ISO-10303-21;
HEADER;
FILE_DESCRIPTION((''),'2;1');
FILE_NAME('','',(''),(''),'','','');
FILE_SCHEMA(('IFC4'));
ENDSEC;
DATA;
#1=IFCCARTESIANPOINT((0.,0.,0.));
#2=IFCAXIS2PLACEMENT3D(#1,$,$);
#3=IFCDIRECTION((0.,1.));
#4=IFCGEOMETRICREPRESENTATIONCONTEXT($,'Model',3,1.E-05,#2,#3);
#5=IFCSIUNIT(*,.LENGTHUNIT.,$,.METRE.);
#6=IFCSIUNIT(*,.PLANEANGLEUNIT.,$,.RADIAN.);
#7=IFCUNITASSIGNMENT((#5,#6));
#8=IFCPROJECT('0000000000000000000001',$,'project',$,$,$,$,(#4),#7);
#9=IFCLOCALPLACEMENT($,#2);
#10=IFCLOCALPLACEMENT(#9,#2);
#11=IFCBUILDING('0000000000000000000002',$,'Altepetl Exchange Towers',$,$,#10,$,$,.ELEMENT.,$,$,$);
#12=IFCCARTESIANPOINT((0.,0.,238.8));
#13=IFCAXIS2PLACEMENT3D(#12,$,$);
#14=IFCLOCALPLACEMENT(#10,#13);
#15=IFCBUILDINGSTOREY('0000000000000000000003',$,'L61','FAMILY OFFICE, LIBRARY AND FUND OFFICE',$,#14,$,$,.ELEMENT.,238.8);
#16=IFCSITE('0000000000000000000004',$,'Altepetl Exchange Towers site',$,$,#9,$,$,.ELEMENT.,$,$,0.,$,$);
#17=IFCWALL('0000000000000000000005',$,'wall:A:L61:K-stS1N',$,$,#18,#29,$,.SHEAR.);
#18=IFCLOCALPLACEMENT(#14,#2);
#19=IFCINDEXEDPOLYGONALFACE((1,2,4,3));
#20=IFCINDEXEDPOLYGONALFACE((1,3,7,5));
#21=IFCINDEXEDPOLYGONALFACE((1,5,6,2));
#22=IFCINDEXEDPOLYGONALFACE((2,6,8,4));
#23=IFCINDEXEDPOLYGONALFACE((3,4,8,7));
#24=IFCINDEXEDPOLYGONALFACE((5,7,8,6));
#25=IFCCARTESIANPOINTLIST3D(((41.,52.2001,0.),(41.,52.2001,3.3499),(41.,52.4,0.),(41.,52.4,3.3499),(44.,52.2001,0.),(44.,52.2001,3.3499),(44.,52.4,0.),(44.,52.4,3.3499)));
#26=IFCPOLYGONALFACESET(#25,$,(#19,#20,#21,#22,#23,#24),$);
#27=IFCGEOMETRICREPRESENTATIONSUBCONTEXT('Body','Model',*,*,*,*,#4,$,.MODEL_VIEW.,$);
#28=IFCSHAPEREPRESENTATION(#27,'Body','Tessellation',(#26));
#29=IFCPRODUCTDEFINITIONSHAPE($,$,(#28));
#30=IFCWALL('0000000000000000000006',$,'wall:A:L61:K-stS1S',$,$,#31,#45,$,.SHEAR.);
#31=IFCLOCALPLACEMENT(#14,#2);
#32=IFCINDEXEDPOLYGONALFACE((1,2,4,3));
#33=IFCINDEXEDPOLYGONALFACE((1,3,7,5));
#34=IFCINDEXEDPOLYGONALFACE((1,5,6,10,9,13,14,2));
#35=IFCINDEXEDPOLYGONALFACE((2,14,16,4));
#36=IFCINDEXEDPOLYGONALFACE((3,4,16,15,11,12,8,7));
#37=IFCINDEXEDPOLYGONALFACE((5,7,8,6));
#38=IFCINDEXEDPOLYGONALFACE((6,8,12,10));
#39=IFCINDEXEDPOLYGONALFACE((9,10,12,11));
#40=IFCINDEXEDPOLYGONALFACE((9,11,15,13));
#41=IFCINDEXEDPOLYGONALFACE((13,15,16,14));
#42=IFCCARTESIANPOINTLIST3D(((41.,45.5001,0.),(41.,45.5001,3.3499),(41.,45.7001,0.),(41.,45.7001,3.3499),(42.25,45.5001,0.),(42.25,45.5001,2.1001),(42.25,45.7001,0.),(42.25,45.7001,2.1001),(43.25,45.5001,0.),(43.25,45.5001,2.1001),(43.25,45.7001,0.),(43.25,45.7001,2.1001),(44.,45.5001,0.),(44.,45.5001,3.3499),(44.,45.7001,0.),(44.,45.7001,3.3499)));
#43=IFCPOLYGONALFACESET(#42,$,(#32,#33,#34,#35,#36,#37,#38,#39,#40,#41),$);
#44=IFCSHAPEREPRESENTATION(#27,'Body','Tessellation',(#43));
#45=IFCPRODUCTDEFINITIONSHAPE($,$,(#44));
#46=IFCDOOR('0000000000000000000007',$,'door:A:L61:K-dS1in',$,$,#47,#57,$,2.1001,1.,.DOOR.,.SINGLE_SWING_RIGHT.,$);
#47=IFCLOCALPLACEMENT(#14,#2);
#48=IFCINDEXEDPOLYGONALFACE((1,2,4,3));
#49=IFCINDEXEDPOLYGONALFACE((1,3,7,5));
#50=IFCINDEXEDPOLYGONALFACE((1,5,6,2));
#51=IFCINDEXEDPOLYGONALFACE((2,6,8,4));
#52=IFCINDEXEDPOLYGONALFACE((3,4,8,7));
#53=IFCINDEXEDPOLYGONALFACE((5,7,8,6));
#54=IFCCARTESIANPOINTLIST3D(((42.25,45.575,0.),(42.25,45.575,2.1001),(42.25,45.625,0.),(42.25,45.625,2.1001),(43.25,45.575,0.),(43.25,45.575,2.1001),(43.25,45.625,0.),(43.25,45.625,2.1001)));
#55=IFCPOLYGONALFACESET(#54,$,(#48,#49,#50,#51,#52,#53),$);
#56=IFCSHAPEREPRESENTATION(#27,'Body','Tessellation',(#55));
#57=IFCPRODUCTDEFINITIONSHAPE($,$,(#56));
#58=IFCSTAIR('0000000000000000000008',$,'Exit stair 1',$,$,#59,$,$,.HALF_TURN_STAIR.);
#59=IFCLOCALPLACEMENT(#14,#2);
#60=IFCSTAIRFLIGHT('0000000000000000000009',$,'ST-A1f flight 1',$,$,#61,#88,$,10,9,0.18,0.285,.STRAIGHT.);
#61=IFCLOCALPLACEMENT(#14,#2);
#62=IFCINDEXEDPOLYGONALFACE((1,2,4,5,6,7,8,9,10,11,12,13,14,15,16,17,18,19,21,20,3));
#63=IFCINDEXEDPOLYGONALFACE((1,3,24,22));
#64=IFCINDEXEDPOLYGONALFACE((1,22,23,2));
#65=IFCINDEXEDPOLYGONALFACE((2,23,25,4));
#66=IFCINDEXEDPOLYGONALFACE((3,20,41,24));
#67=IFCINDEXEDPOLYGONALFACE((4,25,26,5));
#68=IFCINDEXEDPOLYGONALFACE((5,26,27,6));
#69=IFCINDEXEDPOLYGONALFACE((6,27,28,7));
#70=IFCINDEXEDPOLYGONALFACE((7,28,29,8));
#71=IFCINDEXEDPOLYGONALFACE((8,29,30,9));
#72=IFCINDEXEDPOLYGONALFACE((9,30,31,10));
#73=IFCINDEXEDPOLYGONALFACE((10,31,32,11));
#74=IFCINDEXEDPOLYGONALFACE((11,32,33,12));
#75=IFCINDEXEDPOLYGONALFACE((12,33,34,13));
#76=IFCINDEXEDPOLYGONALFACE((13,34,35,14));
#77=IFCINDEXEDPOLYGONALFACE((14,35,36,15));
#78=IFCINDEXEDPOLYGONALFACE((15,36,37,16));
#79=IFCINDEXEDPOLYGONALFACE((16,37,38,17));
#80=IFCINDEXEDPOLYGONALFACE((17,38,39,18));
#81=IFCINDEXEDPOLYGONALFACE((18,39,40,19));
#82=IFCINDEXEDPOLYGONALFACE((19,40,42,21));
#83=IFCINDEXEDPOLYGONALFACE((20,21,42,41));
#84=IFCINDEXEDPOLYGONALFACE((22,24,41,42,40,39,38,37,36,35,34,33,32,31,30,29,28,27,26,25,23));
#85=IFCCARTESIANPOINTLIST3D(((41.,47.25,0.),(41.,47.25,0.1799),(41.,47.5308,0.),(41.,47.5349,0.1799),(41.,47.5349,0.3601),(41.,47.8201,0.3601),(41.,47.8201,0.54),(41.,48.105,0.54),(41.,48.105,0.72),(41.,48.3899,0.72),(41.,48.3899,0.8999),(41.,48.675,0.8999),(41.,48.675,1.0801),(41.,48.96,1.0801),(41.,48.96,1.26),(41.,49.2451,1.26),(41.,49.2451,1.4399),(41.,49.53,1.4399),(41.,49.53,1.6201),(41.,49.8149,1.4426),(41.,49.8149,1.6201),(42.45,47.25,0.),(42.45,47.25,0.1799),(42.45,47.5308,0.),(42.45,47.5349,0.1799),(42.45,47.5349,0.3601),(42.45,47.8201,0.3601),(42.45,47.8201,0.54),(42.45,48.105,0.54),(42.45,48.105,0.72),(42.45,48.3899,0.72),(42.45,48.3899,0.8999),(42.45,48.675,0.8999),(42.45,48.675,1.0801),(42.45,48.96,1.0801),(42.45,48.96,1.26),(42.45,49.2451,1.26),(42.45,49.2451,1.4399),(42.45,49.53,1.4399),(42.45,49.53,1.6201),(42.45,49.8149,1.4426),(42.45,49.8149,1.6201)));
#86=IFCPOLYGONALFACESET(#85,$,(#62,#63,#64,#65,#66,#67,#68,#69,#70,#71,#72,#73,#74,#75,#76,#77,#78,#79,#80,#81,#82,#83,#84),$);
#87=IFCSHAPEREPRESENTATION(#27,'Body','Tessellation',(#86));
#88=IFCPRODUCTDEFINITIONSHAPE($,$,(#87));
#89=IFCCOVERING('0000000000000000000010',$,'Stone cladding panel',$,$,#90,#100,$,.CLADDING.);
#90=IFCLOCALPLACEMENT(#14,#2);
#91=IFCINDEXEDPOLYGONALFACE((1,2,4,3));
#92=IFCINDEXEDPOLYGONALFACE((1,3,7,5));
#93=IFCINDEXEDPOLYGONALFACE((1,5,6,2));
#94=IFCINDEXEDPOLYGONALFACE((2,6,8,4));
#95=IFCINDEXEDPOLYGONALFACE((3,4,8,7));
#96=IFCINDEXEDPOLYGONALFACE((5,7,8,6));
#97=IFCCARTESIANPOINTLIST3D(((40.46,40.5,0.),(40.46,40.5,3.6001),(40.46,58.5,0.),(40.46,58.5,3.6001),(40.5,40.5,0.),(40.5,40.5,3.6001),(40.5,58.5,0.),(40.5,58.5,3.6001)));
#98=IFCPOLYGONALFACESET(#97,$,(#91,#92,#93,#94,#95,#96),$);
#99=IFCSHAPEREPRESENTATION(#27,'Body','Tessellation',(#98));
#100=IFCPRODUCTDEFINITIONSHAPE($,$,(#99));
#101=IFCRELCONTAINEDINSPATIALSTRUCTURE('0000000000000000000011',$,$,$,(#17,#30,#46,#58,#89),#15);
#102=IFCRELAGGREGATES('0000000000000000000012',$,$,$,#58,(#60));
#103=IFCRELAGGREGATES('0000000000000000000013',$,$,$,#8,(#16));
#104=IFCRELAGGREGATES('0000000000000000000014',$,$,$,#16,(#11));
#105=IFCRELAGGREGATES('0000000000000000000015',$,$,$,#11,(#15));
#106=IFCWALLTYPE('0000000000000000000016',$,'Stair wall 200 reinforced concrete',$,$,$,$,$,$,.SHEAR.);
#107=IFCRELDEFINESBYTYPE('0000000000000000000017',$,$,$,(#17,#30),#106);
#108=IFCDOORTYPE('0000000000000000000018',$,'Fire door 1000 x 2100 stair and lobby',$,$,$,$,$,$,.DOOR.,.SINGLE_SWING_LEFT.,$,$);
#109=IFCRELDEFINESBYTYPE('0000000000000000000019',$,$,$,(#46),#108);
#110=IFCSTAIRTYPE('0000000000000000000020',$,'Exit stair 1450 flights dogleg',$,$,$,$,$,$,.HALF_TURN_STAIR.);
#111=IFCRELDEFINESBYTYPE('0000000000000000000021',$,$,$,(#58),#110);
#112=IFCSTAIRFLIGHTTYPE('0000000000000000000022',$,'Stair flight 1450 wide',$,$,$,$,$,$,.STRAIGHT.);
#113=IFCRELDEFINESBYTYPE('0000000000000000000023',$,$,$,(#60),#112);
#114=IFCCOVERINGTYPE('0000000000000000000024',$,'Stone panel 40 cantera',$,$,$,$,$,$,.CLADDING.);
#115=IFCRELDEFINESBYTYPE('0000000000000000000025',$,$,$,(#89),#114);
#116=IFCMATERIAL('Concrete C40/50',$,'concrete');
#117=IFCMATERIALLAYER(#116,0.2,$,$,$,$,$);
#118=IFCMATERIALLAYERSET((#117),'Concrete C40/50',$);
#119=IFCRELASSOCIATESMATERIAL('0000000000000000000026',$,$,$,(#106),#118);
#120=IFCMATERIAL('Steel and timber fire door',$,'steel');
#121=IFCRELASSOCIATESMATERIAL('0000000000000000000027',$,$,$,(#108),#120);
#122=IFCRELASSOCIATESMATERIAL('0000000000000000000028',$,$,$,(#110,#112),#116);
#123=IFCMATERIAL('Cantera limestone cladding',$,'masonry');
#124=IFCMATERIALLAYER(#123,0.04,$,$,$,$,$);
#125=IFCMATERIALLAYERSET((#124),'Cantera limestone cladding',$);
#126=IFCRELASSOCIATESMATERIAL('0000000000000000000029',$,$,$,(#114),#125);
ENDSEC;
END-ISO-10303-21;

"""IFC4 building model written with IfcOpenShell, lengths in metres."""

from ifc_helpers import new_model, si_unit, direction, frame, frame_2d, origin, origin_2d, place, context, subcontext, project, spatial, polyline, rectangle, outline, extrude, material, layer, layer_set, type_object, element, fill, aggregate, save


model = new_model("IFC4")

# Units and contexts
model_context = context("Model", 3, precision=1e-05, world=origin(), true_north=direction((0.0, 1.0)))
body_context = subcontext(model_context, "Body", "Model", "MODEL_VIEW")
ifc_project = project(units=[si_unit("LENGTHUNIT", "METRE"), si_unit("PLANEANGLEUNIT", "RADIAN")], contexts=[model_context])

# Site, building, storey
site_placement = place(None, origin())
site = spatial("IfcSite", under=ifc_project, at=site_placement, Name="Altepetl Exchange Towers site", CompositionType="ELEMENT", RefElevation=0.0)
building_placement = place(site_placement, origin())
building = spatial("IfcBuilding", under=site, at=building_placement, Name="Altepetl Exchange Towers", CompositionType="ELEMENT")
storey_placement = place(building_placement, frame((0.0, 0.0, 238.8)))
storey = spatial("IfcBuildingStorey", under=building, at=storey_placement, Name="L61", Description="FAMILY OFFICE, LIBRARY AND FUND OFFICE", CompositionType="ELEMENT", Elevation=238.8)

# Shared definitions
ifc_material_1 = material(Name="Concrete C40/50", Category="concrete")
ifc_material_2 = material(Name="Steel and timber fire door", Category="steel")

# Wall
ifc_layer_1 = layer(ifc_material_1, 0.2)
ifc_layer_set_1 = layer_set([ifc_layer_1], Name="Concrete C40/50")
wall_type_1 = type_object("IfcWallType", Name="Stair wall 200 reinforced concrete", PredefinedType="SHEAR", material=ifc_layer_set_1)
wall_1_placement = place(storey_placement, frame((41.0, 52.3, 0.0)))
element("IfcWall", 1, at=wall_1_placement, inside=storey, type_object=wall_type_1, Name="wall:A:L61:K-stS1N", PredefinedType="SHEAR", context=body_context, shape_type="SweptSolid", body=[
    extrude(rectangle(XDim=3.0, YDim=0.2, at=frame_2d((1.5, 0.0))), origin(), (0.0, 0.0, 1.0), 3.3499),
])

# Wall, opening, door
wall_2_placement = place(storey_placement, frame((41.0, 45.6001, 0.0)))
wall_2 = element("IfcWall", 2, at=wall_2_placement, inside=storey, type_object=wall_type_1, Name="wall:A:L61:K-stS1S", PredefinedType="SHEAR", context=body_context, shape_type="SweptSolid", body=[
    extrude(rectangle(XDim=3.0, YDim=0.2, at=frame_2d((1.5, 0.0))), origin(), (0.0, 0.0, 1.0), 3.3499),
])
opening_1_placement = place(wall_2_placement, frame((1.25, 0.0, 0.0)))
opening_1 = element("IfcOpeningElement", 3, at=opening_1_placement, cuts=wall_2, PredefinedType="OPENING", context=body_context, shape_type="SweptSolid", body=[
    extrude(rectangle(XDim=1.0, YDim=2.1001, at=frame_2d((0.5, 1.05))), frame((0.0, 0.1099, 0.0), z_axis=(0.0, -1.0, 0.0), x_axis=(1.0, 0.0, 0.0)), (0.0, 0.0, 1.0), 0.22),
])
door_type_1 = type_object("IfcDoorType", Name="Fire door 1000 x 2100 stair and lobby", OperationType="SINGLE_SWING_LEFT", PredefinedType="DOOR", material=ifc_material_2)
door_1_placement = place(opening_1_placement, origin())
door_1 = element("IfcDoor", 4, at=door_1_placement, inside=storey, type_object=door_type_1, Name="door:A:L61:K-dS1in", OperationType="SINGLE_SWING_RIGHT", OverallHeight=2.1001, OverallWidth=1.0, PredefinedType="DOOR", context=body_context, shape_type="SweptSolid", body=[
    extrude(rectangle(XDim=1.0, YDim=2.1001, at=frame_2d((0.5, 1.05))), frame((0.0, 0.0249, 0.0), z_axis=(0.0, -1.0, 0.0), x_axis=(1.0, 0.0, 0.0)), (0.0, 0.0, 1.0), 0.05),
])
fill(opening_1, door_1)

# Stair, stair flight
stair_type = type_object("IfcStairType", Name="Exit stair 1450 flights dogleg", PredefinedType="HALF_TURN_STAIR", material=ifc_material_1)
stair_placement = place(storey_placement, origin())
stair = element("IfcStair", 5, at=stair_placement, inside=storey, type_object=stair_type, Name="Exit stair 1", PredefinedType="HALF_TURN_STAIR")
stair_flight_type = type_object("IfcStairFlightType", Name="Stair flight 1450 wide", PredefinedType="STRAIGHT", material=ifc_material_1)
stair_flight_placement = place(storey_placement, frame((41.7251, 47.25, 0.0), z_axis=(0.0, 0.0, 1.0), x_axis=(0.0, 1.0, 0.0)))
stair_flight = element("IfcStairFlight", 6, at=stair_flight_placement, type_object=stair_flight_type, Name="ST-A1f flight 1", NumberOfRisers=10, NumberOfTreads=9, PredefinedType="STRAIGHT", RiserHeight=0.18, TreadLength=0.285, context=body_context, shape_type="SweptSolid", body=[
    extrude(outline(polyline([(0.0, 0.0), (0.0, 0.1799), (0.2849, 0.1799), (0.2849, 0.3601), (0.5701, 0.3601), (0.5701, 0.54), (0.855, 0.54), (0.855, 0.72), (1.1399, 0.72), (1.1399, 0.8999), (1.425, 0.8999), (1.425, 1.0801), (1.71, 1.0801), (1.71, 1.26), (1.9951, 1.26), (1.9951, 1.4399), (2.28, 1.4399), (2.28, 1.6201), (2.5649, 1.6201), (2.5649, 1.8), (2.5649, 1.4426), (0.2808, 0.0), (0.0, 0.0)])), frame((0.0, 0.7251, 0.0), z_axis=(0.0, -1.0, 0.0), x_axis=(1.0, 0.0, 0.0)), (0.0, 0.0, 1.0), 1.45),
])
aggregate(stair, [stair_flight])

# Covering
ifc_material_3 = material(Name="Cantera limestone cladding", Category="masonry")
ifc_layer_2 = layer(ifc_material_3, 0.04)
ifc_layer_set_2 = layer_set([ifc_layer_2], Name="Cantera limestone cladding")
covering_type = type_object("IfcCoveringType", Name="Stone panel 40 cantera", PredefinedType="CLADDING", material=ifc_layer_set_2)
covering_placement = place(storey_placement, frame((40.48, 49.5, 0.0), z_axis=(0.0, 0.0, 1.0), x_axis=(0.0, -1.0, 0.0)))
element("IfcCovering", 7, at=covering_placement, inside=storey, type_object=covering_type, Name="Stone cladding panel", PredefinedType="CLADDING", context=body_context, shape_type="SweptSolid", body=[
    extrude(rectangle(XDim=18.0, YDim=0.04, at=origin_2d()), origin(), (0.0, 0.0, 1.0), 3.6001),
])

save(model, "model.ifc")
